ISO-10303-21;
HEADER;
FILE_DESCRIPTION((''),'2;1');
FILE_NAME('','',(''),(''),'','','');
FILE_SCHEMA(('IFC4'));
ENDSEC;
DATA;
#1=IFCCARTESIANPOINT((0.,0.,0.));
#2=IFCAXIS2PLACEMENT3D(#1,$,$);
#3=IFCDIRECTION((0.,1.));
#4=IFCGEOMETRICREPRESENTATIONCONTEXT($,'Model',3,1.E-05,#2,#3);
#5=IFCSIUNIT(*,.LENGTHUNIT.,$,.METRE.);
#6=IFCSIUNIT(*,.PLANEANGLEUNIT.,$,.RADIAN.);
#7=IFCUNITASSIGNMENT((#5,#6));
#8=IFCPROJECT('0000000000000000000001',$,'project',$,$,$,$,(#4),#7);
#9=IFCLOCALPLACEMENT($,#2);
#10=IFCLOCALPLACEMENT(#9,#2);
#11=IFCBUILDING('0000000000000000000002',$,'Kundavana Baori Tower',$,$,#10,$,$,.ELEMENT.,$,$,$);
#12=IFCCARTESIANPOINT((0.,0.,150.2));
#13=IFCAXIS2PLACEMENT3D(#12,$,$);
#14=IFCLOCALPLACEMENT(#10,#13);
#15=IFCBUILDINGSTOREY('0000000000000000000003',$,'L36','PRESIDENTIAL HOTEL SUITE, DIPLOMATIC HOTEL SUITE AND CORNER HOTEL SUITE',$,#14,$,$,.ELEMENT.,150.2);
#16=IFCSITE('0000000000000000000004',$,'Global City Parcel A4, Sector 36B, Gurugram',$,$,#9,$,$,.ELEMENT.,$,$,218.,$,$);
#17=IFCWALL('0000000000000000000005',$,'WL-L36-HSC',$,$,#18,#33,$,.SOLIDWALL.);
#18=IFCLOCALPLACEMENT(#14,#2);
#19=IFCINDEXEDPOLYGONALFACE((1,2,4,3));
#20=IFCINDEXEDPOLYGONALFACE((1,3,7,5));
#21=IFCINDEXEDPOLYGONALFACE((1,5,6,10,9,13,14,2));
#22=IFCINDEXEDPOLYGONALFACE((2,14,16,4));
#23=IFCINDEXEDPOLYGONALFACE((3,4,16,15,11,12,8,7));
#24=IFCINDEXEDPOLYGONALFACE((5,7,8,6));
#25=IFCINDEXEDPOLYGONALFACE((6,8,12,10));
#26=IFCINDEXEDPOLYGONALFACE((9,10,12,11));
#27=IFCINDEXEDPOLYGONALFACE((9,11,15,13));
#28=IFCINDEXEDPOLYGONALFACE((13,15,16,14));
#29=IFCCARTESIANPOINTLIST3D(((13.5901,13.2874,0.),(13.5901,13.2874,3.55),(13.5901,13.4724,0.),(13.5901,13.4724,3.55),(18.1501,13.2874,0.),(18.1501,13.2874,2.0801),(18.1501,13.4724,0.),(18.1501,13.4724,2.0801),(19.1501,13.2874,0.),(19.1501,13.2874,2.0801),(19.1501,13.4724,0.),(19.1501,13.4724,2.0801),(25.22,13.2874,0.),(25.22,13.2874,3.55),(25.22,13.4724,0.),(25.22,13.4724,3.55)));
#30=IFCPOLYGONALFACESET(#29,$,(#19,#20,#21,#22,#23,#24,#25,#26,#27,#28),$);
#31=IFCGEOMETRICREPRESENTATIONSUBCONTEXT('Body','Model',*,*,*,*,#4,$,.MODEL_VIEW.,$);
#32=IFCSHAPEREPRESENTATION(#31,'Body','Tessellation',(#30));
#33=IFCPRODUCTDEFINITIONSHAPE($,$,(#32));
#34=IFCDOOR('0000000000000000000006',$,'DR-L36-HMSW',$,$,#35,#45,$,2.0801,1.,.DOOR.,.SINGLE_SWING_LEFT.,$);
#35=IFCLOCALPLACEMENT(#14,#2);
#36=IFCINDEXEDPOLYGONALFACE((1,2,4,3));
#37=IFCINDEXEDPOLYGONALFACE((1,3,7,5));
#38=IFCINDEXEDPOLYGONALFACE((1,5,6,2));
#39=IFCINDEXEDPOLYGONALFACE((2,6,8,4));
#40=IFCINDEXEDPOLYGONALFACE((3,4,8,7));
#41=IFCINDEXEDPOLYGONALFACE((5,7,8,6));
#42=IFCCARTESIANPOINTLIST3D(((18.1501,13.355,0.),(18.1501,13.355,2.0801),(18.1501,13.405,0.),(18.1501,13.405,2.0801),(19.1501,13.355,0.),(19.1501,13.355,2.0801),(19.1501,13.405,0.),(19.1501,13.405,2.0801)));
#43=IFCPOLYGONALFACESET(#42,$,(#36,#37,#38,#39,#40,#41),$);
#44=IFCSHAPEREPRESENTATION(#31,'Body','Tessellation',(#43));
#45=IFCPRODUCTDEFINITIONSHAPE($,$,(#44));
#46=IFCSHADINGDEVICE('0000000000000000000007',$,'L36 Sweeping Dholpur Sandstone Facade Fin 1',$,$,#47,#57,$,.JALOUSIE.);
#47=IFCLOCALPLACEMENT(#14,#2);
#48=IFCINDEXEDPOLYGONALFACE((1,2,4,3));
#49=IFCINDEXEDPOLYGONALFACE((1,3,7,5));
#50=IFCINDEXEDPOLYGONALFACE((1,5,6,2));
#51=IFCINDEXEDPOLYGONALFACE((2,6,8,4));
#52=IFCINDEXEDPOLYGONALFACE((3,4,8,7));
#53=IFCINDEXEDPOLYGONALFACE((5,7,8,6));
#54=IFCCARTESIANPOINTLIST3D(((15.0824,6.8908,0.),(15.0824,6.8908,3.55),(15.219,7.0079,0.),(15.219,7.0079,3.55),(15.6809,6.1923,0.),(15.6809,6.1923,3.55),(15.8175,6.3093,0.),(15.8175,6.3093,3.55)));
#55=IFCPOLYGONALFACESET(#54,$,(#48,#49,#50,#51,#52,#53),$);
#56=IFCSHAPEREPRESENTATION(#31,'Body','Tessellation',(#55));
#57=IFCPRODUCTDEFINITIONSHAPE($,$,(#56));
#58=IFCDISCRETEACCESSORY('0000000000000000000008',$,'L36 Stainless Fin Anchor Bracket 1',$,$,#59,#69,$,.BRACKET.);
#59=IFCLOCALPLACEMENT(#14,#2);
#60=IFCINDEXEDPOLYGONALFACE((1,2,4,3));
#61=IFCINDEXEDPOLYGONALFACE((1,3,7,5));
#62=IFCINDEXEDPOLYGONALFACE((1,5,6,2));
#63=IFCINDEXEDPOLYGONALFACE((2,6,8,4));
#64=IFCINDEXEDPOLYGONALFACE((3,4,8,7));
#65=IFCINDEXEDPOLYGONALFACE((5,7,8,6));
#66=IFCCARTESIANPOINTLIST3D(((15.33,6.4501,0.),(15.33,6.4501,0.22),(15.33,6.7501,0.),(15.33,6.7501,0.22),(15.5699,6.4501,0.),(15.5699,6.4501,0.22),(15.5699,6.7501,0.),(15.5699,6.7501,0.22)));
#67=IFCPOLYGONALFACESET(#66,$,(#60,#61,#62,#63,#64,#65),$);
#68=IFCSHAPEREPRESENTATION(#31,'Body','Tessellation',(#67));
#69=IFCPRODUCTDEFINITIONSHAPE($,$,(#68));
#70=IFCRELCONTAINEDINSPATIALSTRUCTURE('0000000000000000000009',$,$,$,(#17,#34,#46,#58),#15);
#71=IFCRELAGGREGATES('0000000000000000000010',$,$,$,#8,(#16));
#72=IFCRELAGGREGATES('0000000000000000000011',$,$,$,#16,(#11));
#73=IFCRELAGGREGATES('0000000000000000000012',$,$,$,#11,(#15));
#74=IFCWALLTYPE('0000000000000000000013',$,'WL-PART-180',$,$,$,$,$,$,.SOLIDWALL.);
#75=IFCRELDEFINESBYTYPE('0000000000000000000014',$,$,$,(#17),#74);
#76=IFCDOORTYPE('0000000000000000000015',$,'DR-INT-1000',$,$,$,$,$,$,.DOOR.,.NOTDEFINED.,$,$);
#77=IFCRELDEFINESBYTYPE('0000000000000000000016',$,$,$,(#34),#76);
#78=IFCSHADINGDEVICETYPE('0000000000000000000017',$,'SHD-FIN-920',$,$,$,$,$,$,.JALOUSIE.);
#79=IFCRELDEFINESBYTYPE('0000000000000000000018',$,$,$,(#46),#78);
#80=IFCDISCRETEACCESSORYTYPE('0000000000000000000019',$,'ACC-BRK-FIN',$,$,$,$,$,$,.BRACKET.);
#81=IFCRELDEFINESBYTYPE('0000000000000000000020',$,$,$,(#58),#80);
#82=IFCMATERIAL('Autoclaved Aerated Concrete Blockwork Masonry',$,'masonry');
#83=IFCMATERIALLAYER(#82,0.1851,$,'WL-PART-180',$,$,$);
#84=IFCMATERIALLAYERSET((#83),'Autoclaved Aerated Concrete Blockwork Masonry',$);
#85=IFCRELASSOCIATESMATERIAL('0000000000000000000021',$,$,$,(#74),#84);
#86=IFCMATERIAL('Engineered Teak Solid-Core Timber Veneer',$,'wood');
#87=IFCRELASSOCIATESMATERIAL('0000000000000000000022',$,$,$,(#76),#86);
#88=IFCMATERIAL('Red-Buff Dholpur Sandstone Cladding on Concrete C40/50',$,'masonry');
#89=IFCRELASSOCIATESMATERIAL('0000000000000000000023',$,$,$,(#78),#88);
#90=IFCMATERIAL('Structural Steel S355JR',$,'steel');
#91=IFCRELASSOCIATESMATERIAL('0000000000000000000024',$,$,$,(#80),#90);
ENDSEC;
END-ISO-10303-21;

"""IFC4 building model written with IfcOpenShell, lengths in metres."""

from ifc_helpers import new_model, si_unit, direction, frame, frame_2d, origin, origin_2d, place, context, subcontext, project, spatial, rectangle, extrude, material, layer, layer_set, type_object, element, fill, save


model = new_model("IFC4")

# Units and contexts
model_context = context("Model", 3, precision=1e-05, world=origin(), true_north=direction((0.0, 1.0)))
body_context = subcontext(model_context, "Body", "Model", "MODEL_VIEW")
ifc_project = project(units=[si_unit("LENGTHUNIT", "METRE"), si_unit("PLANEANGLEUNIT", "RADIAN")], contexts=[model_context])

# Site, building, storey
site_placement = place(None, origin())
site = spatial("IfcSite", under=ifc_project, at=site_placement, Name="Global City Parcel A4, Sector 36B, Gurugram", CompositionType="ELEMENT", RefElevation=218.0)
building_placement = place(site_placement, origin())
building = spatial("IfcBuilding", under=site, at=building_placement, Name="Kundavana Baori Tower", CompositionType="ELEMENT")
storey_placement = place(building_placement, frame((0.0, 0.0, 150.2)))
storey = spatial("IfcBuildingStorey", under=building, at=storey_placement, Name="L36", Description="PRESIDENTIAL HOTEL SUITE, DIPLOMATIC HOTEL SUITE AND CORNER HOTEL SUITE", CompositionType="ELEMENT", Elevation=150.2)

# Shared definitions
ifc_material_1 = material(Name="Autoclaved Aerated Concrete Blockwork Masonry", Category="masonry")
ifc_layer_1 = layer(ifc_material_1, 0.1851, Name="WL-PART-180")
ifc_layer_set_1 = layer_set([ifc_layer_1], Name="Autoclaved Aerated Concrete Blockwork Masonry")
wall_type_1 = type_object("IfcWallType", Name="WL-PART-180", PredefinedType="SOLIDWALL", material=ifc_layer_set_1)

# Wall, opening, door
wall_1_placement = place(storey_placement, frame((13.5901, 13.3799, 0.0), z_axis=(0.0, 0.0, 1.0), x_axis=(1.0, 0.0, 0.0)))
wall_1 = element("IfcWall", 1, at=wall_1_placement, inside=storey, type_object=wall_type_1, Name="WL-L36-HSC", PredefinedType="SOLIDWALL", context=body_context, shape_type="SweptSolid", body=[
    extrude(rectangle(XDim=11.6299, YDim=0.1851, at=frame_2d((5.8149, 0.0))), origin(), (0.0, 0.0, 1.0), 3.55),
])
opening_1_placement = place(wall_1_placement, frame((4.5601, 0.0, 0.0)))
opening_1 = element("IfcOpeningElement", 2, at=opening_1_placement, cuts=wall_1, PredefinedType="OPENING", context=body_context, shape_type="SweptSolid", body=[
    extrude(rectangle(XDim=1.0, YDim=2.0801, at=frame_2d((0.5, 1.04))), frame((0.0, 0.1025, 0.0), z_axis=(0.0, -1.0, 0.0), x_axis=(1.0, 0.0, 0.0)), (0.0, 0.0, 1.0), 0.2051),
])
ifc_material_2 = material(Name="Engineered Teak Solid-Core Timber Veneer", Category="wood")
door_type_1 = type_object("IfcDoorType", Name="DR-INT-1000", OperationType="NOTDEFINED", PredefinedType="DOOR", material=ifc_material_2)
door_1_placement = place(opening_1_placement, frame((1.0, 0.0, 0.0), z_axis=(0.0, 0.0, 1.0), x_axis=(-1.0, 0.0, 0.0)))
door_1 = element("IfcDoor", 3, at=door_1_placement, inside=storey, type_object=door_type_1, Name="DR-L36-HMSW", OperationType="SINGLE_SWING_LEFT", OverallHeight=2.0801, OverallWidth=1.0, PredefinedType="DOOR", context=body_context, shape_type="SweptSolid", body=[
    extrude(rectangle(XDim=1.0, YDim=2.0801, at=frame_2d((0.5, 1.04))), frame((0.0, 0.0249, 0.0), z_axis=(0.0, -1.0, 0.0), x_axis=(1.0, 0.0, 0.0)), (0.0, 0.0, 1.0), 0.05),
])
fill(opening_1, door_1)

# Shading device
ifc_material_3 = material(Name="Red-Buff Dholpur Sandstone Cladding on Concrete C40/50", Category="masonry")
shading_device_type = type_object("IfcShadingDeviceType", Name="SHD-FIN-920", PredefinedType="JALOUSIE", material=ifc_material_3)
shading_device_placement = place(storey_placement, frame((15.45, 6.6001, 0.0), z_axis=(0.0, 0.0, 1.0), x_axis=(0.759385, 0.650642, 0.0)))
element("IfcShadingDevice", 4, at=shading_device_placement, inside=storey, type_object=shading_device_type, Name="L36 Sweeping Dholpur Sandstone Facade Fin 1", PredefinedType="JALOUSIE", context=body_context, shape_type="SweptSolid", body=[
    extrude(rectangle(XDim=0.1799, YDim=0.9199, at=origin_2d()), origin(), (0.0, 0.0, 1.0), 3.55),
])

# Discrete accessory
ifc_material_4 = material(Name="Structural Steel S355JR", Category="steel")
discrete_accessory_type = type_object("IfcDiscreteAccessoryType", Name="ACC-BRK-FIN", PredefinedType="BRACKET", material=ifc_material_4)
discrete_accessory_placement = place(storey_placement, frame((15.45, 6.6001, 0.0), z_axis=(0.0, 0.0, 1.0), x_axis=(1.0, 0.0, 0.0)))
element("IfcDiscreteAccessory", 5, at=discrete_accessory_placement, inside=storey, type_object=discrete_accessory_type, Name="L36 Stainless Fin Anchor Bracket 1", PredefinedType="BRACKET", context=body_context, shape_type="SweptSolid", body=[
    extrude(rectangle(XDim=0.24, YDim=0.3, at=origin_2d()), origin(), (0.0, 0.0, 1.0), 0.22),
])

save(model, "model.ifc")
